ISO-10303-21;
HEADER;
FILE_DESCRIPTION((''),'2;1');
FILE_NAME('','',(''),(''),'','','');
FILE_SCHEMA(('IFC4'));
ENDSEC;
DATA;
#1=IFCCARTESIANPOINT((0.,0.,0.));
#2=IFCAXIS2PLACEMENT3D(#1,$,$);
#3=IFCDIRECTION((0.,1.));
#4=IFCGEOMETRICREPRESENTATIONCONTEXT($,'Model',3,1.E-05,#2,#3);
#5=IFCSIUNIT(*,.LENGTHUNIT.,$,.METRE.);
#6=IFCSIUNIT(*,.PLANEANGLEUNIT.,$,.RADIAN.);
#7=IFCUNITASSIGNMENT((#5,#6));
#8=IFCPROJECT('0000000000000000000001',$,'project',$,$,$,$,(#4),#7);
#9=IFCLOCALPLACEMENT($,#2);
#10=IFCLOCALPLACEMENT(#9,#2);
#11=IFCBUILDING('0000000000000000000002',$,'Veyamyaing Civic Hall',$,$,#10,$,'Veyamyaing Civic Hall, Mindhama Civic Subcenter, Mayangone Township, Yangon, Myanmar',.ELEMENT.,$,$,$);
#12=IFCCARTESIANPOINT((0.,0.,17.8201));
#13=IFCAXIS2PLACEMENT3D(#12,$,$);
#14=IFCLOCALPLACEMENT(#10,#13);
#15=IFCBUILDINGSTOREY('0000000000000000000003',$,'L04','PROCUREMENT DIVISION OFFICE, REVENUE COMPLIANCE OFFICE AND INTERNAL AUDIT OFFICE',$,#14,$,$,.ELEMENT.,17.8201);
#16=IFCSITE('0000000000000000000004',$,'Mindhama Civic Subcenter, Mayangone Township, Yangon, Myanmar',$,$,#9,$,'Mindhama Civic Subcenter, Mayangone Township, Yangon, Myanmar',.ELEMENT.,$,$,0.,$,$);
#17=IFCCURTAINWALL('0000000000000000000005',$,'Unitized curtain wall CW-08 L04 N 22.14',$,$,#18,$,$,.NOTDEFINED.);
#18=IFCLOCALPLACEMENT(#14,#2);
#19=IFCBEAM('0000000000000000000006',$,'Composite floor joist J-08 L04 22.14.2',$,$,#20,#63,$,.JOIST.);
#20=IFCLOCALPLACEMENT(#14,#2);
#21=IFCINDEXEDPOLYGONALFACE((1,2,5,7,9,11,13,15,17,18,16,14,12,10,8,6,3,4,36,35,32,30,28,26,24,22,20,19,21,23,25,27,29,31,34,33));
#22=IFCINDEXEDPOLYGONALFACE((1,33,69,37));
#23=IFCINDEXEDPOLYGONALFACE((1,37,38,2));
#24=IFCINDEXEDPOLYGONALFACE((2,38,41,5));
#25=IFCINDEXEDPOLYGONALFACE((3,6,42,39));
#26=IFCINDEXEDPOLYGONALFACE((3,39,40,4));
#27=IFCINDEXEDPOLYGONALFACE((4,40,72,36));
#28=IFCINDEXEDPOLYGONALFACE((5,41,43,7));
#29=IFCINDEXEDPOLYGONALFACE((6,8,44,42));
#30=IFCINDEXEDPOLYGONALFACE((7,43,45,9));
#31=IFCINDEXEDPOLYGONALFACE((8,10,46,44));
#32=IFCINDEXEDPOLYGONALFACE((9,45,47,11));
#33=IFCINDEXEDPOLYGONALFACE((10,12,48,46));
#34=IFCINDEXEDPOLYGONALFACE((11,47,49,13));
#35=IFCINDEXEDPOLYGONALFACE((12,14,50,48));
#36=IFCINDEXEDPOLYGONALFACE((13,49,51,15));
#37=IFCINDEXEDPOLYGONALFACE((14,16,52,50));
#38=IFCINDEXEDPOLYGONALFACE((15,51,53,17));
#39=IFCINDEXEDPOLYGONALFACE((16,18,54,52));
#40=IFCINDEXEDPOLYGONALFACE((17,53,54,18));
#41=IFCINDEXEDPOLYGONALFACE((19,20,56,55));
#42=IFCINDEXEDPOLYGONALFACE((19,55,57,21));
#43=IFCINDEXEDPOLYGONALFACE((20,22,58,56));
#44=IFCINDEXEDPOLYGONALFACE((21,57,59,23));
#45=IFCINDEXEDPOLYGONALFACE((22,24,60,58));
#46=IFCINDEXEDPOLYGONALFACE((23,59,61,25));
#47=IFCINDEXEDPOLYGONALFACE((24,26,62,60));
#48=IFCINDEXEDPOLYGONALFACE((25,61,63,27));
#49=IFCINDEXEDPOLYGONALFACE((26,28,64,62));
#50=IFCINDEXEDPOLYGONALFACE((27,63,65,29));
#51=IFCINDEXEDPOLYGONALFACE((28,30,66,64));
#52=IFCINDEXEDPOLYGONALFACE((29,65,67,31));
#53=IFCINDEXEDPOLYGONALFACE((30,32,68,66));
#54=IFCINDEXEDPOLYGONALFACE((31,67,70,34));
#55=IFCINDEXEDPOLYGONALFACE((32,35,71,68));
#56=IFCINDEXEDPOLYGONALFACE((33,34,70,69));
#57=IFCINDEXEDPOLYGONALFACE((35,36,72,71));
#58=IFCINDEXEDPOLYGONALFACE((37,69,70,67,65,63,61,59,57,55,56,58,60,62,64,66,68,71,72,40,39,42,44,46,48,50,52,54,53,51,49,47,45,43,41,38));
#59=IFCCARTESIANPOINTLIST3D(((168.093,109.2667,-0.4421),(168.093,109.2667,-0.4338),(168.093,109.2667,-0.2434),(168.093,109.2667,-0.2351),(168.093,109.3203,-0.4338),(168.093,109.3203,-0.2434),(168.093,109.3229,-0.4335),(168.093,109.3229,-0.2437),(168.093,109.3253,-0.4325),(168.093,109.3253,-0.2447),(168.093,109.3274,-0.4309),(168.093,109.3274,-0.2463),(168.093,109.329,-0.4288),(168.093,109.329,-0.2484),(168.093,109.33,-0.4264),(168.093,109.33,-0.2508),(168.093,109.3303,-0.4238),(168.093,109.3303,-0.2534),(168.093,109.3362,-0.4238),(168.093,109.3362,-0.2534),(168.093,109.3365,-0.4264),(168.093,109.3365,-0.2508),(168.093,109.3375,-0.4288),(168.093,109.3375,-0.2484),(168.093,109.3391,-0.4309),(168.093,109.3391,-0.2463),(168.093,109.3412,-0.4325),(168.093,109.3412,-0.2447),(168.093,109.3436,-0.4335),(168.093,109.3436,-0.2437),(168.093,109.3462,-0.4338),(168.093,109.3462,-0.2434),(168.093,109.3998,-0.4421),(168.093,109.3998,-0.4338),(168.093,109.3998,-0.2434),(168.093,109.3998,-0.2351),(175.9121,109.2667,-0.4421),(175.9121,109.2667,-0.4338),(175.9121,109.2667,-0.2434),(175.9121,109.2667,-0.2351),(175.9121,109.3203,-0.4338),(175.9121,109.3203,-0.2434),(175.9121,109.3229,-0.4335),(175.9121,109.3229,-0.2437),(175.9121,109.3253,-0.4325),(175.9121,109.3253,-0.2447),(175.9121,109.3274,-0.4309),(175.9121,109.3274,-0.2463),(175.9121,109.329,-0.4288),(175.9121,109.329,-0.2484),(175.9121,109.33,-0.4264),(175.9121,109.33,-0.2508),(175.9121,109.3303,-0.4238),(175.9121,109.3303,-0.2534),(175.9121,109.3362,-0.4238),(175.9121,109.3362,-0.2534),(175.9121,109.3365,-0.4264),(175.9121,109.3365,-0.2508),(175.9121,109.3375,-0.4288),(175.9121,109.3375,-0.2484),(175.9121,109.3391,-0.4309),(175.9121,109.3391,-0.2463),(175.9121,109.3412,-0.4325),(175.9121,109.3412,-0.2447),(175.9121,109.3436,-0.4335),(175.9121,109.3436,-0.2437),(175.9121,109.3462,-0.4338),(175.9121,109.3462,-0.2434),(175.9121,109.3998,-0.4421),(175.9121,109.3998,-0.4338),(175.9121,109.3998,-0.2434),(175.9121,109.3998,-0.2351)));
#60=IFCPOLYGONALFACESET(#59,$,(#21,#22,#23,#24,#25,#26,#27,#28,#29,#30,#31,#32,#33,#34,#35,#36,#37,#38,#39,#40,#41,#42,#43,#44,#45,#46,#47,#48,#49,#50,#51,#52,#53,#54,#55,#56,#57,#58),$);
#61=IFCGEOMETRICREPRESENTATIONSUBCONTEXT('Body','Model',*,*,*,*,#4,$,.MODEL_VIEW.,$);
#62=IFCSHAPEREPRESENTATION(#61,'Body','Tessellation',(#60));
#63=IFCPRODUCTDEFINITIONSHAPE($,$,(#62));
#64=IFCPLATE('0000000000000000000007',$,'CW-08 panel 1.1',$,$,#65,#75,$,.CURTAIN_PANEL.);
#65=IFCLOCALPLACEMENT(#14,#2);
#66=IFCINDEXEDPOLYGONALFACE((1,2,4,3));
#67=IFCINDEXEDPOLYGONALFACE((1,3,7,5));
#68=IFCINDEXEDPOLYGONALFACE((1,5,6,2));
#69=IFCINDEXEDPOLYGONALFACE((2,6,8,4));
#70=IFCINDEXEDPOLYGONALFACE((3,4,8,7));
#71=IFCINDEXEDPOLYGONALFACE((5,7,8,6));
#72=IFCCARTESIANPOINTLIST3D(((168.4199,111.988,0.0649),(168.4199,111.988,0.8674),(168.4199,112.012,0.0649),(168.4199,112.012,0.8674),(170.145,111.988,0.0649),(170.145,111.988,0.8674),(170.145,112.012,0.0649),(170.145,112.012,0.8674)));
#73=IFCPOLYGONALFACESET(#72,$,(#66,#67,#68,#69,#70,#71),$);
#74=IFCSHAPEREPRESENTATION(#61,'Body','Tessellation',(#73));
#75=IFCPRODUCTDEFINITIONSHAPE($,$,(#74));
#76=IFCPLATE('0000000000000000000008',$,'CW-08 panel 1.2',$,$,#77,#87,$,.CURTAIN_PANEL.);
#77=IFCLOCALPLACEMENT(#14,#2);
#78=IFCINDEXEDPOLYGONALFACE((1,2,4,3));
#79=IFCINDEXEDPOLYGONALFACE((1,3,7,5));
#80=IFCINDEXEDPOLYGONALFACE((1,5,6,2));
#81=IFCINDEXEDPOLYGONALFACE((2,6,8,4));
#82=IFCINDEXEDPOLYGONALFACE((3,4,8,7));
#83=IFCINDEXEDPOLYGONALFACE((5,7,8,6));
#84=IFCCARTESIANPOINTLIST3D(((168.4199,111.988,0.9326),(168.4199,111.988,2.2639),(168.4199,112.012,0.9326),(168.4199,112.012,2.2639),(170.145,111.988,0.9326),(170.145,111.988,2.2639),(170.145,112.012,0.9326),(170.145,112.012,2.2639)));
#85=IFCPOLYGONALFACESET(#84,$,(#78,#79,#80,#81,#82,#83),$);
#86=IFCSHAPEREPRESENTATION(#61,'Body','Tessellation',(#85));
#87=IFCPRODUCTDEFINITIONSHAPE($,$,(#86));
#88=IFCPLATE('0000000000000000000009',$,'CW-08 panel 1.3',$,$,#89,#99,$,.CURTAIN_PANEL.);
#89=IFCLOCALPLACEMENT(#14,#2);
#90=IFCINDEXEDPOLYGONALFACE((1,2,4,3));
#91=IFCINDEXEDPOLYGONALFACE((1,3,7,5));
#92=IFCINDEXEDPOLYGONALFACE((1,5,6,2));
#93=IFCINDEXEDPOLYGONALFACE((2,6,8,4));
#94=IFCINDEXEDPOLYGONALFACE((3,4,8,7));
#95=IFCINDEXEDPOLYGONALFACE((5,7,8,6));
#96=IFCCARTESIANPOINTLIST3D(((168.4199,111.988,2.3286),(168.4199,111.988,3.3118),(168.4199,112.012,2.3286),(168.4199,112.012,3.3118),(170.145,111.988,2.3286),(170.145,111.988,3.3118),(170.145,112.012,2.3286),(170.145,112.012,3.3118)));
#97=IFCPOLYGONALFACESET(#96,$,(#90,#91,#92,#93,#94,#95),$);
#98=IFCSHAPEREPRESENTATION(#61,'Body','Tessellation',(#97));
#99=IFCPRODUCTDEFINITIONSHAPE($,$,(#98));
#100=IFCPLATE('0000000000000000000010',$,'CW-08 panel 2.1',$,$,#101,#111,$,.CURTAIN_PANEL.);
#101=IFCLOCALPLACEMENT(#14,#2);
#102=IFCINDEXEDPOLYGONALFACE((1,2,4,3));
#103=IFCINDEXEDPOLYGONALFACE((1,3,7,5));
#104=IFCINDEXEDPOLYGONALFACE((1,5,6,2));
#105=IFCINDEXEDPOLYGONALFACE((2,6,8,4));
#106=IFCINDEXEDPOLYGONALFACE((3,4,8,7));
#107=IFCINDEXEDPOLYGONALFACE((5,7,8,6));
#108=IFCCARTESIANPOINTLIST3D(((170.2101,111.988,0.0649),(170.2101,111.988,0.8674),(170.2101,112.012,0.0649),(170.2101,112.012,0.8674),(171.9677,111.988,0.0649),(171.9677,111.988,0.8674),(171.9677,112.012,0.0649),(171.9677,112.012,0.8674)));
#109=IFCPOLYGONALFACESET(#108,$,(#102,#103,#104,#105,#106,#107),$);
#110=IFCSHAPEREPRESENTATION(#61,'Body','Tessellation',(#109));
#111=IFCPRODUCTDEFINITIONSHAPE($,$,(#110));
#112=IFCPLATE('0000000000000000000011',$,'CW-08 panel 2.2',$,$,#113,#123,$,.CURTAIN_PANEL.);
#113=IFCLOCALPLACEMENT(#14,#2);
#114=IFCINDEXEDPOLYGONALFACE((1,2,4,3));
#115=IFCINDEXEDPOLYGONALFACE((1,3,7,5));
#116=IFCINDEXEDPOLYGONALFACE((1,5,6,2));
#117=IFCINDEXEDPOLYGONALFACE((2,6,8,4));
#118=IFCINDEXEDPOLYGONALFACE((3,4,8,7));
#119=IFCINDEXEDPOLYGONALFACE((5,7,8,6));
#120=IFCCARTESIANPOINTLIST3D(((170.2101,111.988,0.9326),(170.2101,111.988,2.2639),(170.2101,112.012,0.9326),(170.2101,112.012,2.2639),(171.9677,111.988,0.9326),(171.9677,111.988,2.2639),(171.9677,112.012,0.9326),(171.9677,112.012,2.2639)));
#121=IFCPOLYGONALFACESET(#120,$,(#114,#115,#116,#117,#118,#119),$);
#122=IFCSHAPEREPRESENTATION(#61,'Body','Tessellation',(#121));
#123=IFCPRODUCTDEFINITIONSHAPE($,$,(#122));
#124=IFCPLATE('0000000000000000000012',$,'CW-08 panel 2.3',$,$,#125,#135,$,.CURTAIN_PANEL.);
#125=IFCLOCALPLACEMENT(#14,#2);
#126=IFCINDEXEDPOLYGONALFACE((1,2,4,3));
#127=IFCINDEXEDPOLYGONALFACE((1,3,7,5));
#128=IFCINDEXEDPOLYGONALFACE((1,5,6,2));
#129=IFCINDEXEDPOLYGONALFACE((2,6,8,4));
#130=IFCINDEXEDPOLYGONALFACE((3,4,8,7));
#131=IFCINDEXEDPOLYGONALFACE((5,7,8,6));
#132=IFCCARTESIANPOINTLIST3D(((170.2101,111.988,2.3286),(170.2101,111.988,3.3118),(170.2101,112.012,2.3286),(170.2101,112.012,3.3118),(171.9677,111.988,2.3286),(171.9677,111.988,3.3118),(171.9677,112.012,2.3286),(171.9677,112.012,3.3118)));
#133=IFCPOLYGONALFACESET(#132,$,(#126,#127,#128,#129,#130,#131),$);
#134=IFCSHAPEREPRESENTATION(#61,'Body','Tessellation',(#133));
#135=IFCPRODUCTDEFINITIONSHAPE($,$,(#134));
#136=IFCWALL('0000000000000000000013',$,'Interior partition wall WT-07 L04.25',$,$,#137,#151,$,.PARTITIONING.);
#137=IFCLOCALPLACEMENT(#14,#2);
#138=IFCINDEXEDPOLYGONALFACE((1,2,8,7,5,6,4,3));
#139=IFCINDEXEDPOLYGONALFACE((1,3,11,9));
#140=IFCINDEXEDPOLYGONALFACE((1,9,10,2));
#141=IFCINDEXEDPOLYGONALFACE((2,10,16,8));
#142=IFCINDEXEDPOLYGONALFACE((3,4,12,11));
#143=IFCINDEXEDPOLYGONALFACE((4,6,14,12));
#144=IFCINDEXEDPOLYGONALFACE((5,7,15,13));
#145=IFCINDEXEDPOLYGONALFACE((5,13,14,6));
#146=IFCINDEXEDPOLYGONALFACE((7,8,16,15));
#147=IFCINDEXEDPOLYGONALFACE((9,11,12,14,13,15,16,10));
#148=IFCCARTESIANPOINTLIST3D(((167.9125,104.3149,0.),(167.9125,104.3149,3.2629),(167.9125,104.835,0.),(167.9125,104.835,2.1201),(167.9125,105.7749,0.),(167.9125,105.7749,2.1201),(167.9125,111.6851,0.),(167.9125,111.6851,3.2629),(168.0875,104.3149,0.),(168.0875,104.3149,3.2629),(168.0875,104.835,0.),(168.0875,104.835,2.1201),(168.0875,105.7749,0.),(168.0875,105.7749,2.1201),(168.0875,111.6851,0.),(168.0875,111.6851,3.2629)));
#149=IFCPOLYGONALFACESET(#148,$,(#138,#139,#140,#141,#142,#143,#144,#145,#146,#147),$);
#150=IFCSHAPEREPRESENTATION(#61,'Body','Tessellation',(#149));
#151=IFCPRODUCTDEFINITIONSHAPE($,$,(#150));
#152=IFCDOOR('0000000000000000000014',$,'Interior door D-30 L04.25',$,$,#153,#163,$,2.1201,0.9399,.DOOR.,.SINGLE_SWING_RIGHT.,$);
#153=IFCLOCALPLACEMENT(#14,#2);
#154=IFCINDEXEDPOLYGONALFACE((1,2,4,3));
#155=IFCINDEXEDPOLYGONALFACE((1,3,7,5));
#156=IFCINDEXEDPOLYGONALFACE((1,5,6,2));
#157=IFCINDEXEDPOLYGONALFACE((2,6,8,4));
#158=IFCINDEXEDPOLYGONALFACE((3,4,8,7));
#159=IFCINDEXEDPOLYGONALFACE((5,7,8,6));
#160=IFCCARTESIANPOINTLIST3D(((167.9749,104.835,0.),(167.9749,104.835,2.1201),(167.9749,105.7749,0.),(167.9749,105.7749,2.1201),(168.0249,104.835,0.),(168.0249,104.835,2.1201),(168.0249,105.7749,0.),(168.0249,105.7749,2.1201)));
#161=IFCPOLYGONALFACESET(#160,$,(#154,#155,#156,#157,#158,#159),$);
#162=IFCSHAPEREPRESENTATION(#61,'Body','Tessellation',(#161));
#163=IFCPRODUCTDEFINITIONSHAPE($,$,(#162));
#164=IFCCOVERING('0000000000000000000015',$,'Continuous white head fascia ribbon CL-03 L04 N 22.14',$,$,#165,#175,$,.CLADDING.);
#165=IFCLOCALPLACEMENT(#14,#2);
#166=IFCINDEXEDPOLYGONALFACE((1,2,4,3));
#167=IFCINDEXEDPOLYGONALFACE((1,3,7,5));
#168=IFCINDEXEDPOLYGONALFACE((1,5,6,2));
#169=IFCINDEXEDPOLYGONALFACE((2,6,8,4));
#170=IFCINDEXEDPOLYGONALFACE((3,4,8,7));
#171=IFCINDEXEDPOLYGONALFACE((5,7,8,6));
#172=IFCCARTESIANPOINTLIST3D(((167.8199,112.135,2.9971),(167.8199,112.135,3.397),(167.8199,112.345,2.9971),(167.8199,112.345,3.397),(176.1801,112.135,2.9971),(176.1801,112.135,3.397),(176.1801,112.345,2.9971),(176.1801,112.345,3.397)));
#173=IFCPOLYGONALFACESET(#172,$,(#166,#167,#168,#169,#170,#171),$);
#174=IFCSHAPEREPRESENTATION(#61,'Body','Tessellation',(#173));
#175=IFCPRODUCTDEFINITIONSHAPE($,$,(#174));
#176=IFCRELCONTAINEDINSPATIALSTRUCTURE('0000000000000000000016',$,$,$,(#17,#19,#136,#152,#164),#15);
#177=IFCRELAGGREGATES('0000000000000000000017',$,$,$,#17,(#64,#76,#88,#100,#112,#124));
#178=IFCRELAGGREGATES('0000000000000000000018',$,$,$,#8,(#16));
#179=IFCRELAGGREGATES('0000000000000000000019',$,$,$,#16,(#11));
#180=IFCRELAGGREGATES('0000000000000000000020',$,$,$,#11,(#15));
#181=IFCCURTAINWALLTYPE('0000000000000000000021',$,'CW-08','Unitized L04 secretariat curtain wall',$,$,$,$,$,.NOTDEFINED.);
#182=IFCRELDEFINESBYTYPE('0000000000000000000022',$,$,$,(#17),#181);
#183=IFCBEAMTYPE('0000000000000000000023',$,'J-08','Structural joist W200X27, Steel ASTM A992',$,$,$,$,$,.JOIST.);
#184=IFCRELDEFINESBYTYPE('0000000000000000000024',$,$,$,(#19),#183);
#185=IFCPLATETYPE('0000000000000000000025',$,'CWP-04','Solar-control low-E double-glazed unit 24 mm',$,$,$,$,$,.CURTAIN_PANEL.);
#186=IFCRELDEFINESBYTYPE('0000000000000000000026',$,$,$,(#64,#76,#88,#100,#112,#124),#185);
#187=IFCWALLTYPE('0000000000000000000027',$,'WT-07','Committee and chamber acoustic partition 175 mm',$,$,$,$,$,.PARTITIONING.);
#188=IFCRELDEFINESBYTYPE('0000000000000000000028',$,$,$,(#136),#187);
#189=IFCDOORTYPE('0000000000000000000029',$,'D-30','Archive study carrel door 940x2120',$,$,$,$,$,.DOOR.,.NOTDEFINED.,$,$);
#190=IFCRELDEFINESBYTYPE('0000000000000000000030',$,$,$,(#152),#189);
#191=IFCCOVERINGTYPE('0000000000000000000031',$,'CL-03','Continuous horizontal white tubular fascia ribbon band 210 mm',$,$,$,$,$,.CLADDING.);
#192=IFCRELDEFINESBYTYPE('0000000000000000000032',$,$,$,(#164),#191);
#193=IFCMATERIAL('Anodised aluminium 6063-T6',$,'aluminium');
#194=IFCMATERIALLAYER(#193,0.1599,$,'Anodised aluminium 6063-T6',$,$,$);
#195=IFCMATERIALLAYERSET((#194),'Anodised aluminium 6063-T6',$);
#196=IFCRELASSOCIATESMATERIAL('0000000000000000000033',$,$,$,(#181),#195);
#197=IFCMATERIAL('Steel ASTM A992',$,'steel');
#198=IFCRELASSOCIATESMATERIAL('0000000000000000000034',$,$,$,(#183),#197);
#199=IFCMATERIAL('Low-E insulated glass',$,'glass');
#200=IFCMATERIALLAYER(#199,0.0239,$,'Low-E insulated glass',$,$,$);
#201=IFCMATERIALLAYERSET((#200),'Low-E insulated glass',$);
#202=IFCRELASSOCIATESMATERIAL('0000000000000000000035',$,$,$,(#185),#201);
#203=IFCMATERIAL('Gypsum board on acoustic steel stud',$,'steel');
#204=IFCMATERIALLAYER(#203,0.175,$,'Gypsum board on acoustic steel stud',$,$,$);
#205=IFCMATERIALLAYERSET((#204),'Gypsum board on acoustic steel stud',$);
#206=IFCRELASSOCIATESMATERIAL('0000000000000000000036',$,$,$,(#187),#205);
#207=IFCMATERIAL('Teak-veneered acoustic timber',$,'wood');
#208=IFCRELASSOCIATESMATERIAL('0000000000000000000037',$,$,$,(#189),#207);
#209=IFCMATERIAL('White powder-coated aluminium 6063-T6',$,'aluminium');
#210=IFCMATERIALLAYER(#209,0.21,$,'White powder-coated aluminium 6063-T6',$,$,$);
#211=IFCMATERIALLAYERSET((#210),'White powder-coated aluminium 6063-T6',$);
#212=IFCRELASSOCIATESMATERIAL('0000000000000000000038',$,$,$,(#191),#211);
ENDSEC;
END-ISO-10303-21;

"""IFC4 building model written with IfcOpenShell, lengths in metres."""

from ifc_helpers import new_model, si_unit, direction, frame, frame_2d, origin, origin_2d, place, context, subcontext, project, spatial, rectangle, i_section, extrude, material, layer, layer_set, material_profile, profile_set, type_object, element, fill, aggregate, save


model = new_model("IFC4")

# Units and contexts
model_context = context("Model", 3, precision=1e-05, world=origin(), true_north=direction((0.0, 1.0)))
body_context = subcontext(model_context, "Body", "Model", "MODEL_VIEW")
ifc_project = project(units=[si_unit("LENGTHUNIT", "METRE"), si_unit("PLANEANGLEUNIT", "RADIAN")], contexts=[model_context])

# Site, building, storey
site_placement = place(None, origin())
site = spatial("IfcSite", under=ifc_project, at=site_placement, Name="Mindhama Civic Subcenter, Mayangone Township, Yangon, Myanmar", LongName="Mindhama Civic Subcenter, Mayangone Township, Yangon, Myanmar", CompositionType="ELEMENT", RefElevation=0.0)
building_placement = place(site_placement, origin())
building = spatial("IfcBuilding", under=site, at=building_placement, Name="Veyamyaing Civic Hall", LongName="Veyamyaing Civic Hall, Mindhama Civic Subcenter, Mayangone Township, Yangon, Myanmar", CompositionType="ELEMENT")
storey_placement = place(building_placement, frame((0.0, 0.0, 17.8201)))
storey = spatial("IfcBuildingStorey", under=building, at=storey_placement, Name="L04", Description="PROCUREMENT DIVISION OFFICE, REVENUE COMPLIANCE OFFICE AND INTERNAL AUDIT OFFICE", CompositionType="ELEMENT", Elevation=17.8201)

# Shared definitions
ifc_material_1 = material(Name="Steel ASTM A992", Category="steel")

# Curtain wall
ifc_material_2 = material(Name="Anodised aluminium 6063-T6", Category="aluminium")
ifc_layer_1 = layer(ifc_material_2, 0.1599, Name="Anodised aluminium 6063-T6")
ifc_layer_set_1 = layer_set([ifc_layer_1], Name="Anodised aluminium 6063-T6")
curtain_wall_type = type_object("IfcCurtainWallType", Name="CW-08", Description="Unitized L04 secretariat curtain wall", PredefinedType="NOTDEFINED", material=ifc_layer_set_1)
curtain_wall_placement = place(storey_placement, origin())
curtain_wall = element("IfcCurtainWall", 1, at=curtain_wall_placement, inside=storey, type_object=curtain_wall_type, Name="Unitized curtain wall CW-08 L04 N 22.14", PredefinedType="NOTDEFINED")

# Beam
ifc_material_profile_1 = material_profile(ifc_material_1, i_section(OverallWidth=0.1331, OverallDepth=0.207, WebThickness=0.0059, FlangeThickness=0.0083, FilletRadius=0.01, at=origin_2d()), Name="W200X27")
ifc_profile_set_1 = profile_set([ifc_material_profile_1], Name="Steel ASTM A992")
beam_type_1 = type_object("IfcBeamType", Name="J-08", Description="Structural joist W200X27, Steel ASTM A992", PredefinedType="JOIST", material=ifc_profile_set_1)
for number, where, z_axis, x_axis, name in (
    (2, (168.093, 109.3333, -0.3386), (1.0, 0.0, 0.0), (0.0, 1.0, 0.0), "Composite floor joist J-08 L04 22.14.2"),
):
    element("IfcBeam", number, at=place(storey_placement, frame(where, z_axis=z_axis, x_axis=x_axis)), inside=storey, type_object=beam_type_1, Name=name, PredefinedType="JOIST", context=body_context, shape_type="SweptSolid", body=[
        extrude(i_section(OverallWidth=0.1331, OverallDepth=0.207, WebThickness=0.0059, FlangeThickness=0.0083, FilletRadius=0.01, at=origin_2d()), origin(), (0.0, 0.0, 1.0), 7.8191),
    ])

# Plates
ifc_material_3 = material(Name="Low-E insulated glass", Category="glass")
ifc_layer_2 = layer(ifc_material_3, 0.0239, Name="Low-E insulated glass")
ifc_layer_set_2 = layer_set([ifc_layer_2], Name="Low-E insulated glass")
plate_type = type_object("IfcPlateType", Name="CWP-04", Description="Solar-control low-E double-glazed unit 24 mm", PredefinedType="CURTAIN_PANEL", material=ifc_layer_set_2)
plate_1_placement = place(storey_placement, frame((169.2825, 112.0, 0.0649), z_axis=(0.0, 0.0, 1.0), x_axis=(1.0, 0.0, 0.0)))
plate_1 = element("IfcPlate", 3, at=plate_1_placement, type_object=plate_type, Name="CW-08 panel 1.1", PredefinedType="CURTAIN_PANEL", context=body_context, shape_type="SweptSolid", body=[
    extrude(rectangle(XDim=1.7251, YDim=0.0239, at=origin_2d()), origin(), (0.0, 0.0, 1.0), 0.8025),
])
plate_2_placement = place(storey_placement, frame((169.2825, 112.0, 0.9326), z_axis=(0.0, 0.0, 1.0), x_axis=(1.0, 0.0, 0.0)))
plate_2 = element("IfcPlate", 4, at=plate_2_placement, type_object=plate_type, Name="CW-08 panel 1.2", PredefinedType="CURTAIN_PANEL", context=body_context, shape_type="SweptSolid", body=[
    extrude(rectangle(XDim=1.7251, YDim=0.0239, at=origin_2d()), origin(), (0.0, 0.0, 1.0), 1.3313),
])
plate_3_placement = place(storey_placement, frame((169.2825, 112.0, 2.3286), z_axis=(0.0, 0.0, 1.0), x_axis=(1.0, 0.0, 0.0)))
plate_3 = element("IfcPlate", 5, at=plate_3_placement, type_object=plate_type, Name="CW-08 panel 1.3", PredefinedType="CURTAIN_PANEL", context=body_context, shape_type="SweptSolid", body=[
    extrude(rectangle(XDim=1.7251, YDim=0.0239, at=origin_2d()), origin(), (0.0, 0.0, 1.0), 0.9832),
])
plate_4_placement = place(storey_placement, frame((171.0889, 112.0, 0.0649), z_axis=(0.0, 0.0, 1.0), x_axis=(1.0, 0.0, 0.0)))
plate_4 = element("IfcPlate", 6, at=plate_4_placement, type_object=plate_type, Name="CW-08 panel 2.1", PredefinedType="CURTAIN_PANEL", context=body_context, shape_type="SweptSolid", body=[
    extrude(rectangle(XDim=1.7576, YDim=0.0239, at=origin_2d()), origin(), (0.0, 0.0, 1.0), 0.8025),
])
plate_5_placement = place(storey_placement, frame((171.0889, 112.0, 0.9326), z_axis=(0.0, 0.0, 1.0), x_axis=(1.0, 0.0, 0.0)))
plate_5 = element("IfcPlate", 7, at=plate_5_placement, type_object=plate_type, Name="CW-08 panel 2.2", PredefinedType="CURTAIN_PANEL", context=body_context, shape_type="SweptSolid", body=[
    extrude(rectangle(XDim=1.7576, YDim=0.0239, at=origin_2d()), origin(), (0.0, 0.0, 1.0), 1.3313),
])
plate_6_placement = place(storey_placement, frame((171.0889, 112.0, 2.3286), z_axis=(0.0, 0.0, 1.0), x_axis=(1.0, 0.0, 0.0)))
plate_6 = element("IfcPlate", 8, at=plate_6_placement, type_object=plate_type, Name="CW-08 panel 2.3", PredefinedType="CURTAIN_PANEL", context=body_context, shape_type="SweptSolid", body=[
    extrude(rectangle(XDim=1.7576, YDim=0.0239, at=origin_2d()), origin(), (0.0, 0.0, 1.0), 0.9832),
])
aggregate(curtain_wall, [plate_1, plate_2, plate_3, plate_4, plate_5, plate_6])

# Wall, opening, door
ifc_material_4 = material(Name="Gypsum board on acoustic steel stud", Category="steel")
ifc_layer_3 = layer(ifc_material_4, 0.175, Name="Gypsum board on acoustic steel stud")
ifc_layer_set_3 = layer_set([ifc_layer_3], Name="Gypsum board on acoustic steel stud")
wall_type = type_object("IfcWallType", Name="WT-07", Description="Committee and chamber acoustic partition 175 mm", PredefinedType="PARTITIONING", material=ifc_layer_set_3)
wall_placement = place(storey_placement, frame((168.0, 104.3149, 0.0), z_axis=(0.0, 0.0, 1.0), x_axis=(0.0, 1.0, 0.0)))
wall = element("IfcWall", 9, at=wall_placement, inside=storey, type_object=wall_type, Name="Interior partition wall WT-07 L04.25", PredefinedType="PARTITIONING", context=body_context, shape_type="SweptSolid", body=[
    extrude(rectangle(XDim=7.3701, YDim=0.175, at=frame_2d((3.6851, 0.0))), origin(), (0.0, 0.0, 1.0), 3.2629),
])
opening_placement = place(wall_placement, frame((0.52, 0.0, 0.0)))
opening = element("IfcOpeningElement", 10, at=opening_placement, cuts=wall, PredefinedType="OPENING", context=body_context, shape_type="SweptSolid", body=[
    extrude(rectangle(XDim=0.9399, YDim=2.1201, at=frame_2d((0.47, 1.0601))), frame((0.0, 0.0974, 0.0), z_axis=(0.0, -1.0, 0.0), x_axis=(1.0, 0.0, 0.0)), (0.0, 0.0, 1.0), 0.1951),
])
ifc_material_5 = material(Name="Teak-veneered acoustic timber", Category="wood")
door_type = type_object("IfcDoorType", Name="D-30", Description="Archive study carrel door 940x2120", OperationType="NOTDEFINED", PredefinedType="DOOR", material=ifc_material_5)
door_placement = place(opening_placement, frame((0.9399, 0.0, 0.0), z_axis=(0.0, 0.0, 1.0), x_axis=(-1.0, 0.0, 0.0)))
door = element("IfcDoor", 11, at=door_placement, inside=storey, type_object=door_type, Name="Interior door D-30 L04.25", OperationType="SINGLE_SWING_RIGHT", OverallHeight=2.1201, OverallWidth=0.9399, PredefinedType="DOOR", context=body_context, shape_type="SweptSolid", body=[
    extrude(rectangle(XDim=0.9399, YDim=2.1201, at=frame_2d((0.47, 1.0601))), frame((0.0, 0.0249, 0.0), z_axis=(0.0, -1.0, 0.0), x_axis=(1.0, 0.0, 0.0)), (0.0, 0.0, 1.0), 0.05),
])
fill(opening, door)

# Covering
ifc_material_6 = material(Name="White powder-coated aluminium 6063-T6", Category="aluminium")
ifc_layer_4 = layer(ifc_material_6, 0.21, Name="White powder-coated aluminium 6063-T6")
ifc_layer_set_4 = layer_set([ifc_layer_4], Name="White powder-coated aluminium 6063-T6")
covering_type = type_object("IfcCoveringType", Name="CL-03", Description="Continuous horizontal white tubular fascia ribbon band 210 mm", PredefinedType="CLADDING", material=ifc_layer_set_4)
covering_placement = place(storey_placement, frame((172.0, 112.24, 2.9971), z_axis=(0.0, 0.0, 1.0), x_axis=(1.0, 0.0, 0.0)))
element("IfcCovering", 12, at=covering_placement, inside=storey, type_object=covering_type, Name="Continuous white head fascia ribbon CL-03 L04 N 22.14", PredefinedType="CLADDING", context=body_context, shape_type="SweptSolid", body=[
    extrude(rectangle(XDim=8.3601, YDim=0.21, at=origin_2d()), origin(), (0.0, 0.0, 1.0), 0.3999),
])

save(model, "model.ifc")
